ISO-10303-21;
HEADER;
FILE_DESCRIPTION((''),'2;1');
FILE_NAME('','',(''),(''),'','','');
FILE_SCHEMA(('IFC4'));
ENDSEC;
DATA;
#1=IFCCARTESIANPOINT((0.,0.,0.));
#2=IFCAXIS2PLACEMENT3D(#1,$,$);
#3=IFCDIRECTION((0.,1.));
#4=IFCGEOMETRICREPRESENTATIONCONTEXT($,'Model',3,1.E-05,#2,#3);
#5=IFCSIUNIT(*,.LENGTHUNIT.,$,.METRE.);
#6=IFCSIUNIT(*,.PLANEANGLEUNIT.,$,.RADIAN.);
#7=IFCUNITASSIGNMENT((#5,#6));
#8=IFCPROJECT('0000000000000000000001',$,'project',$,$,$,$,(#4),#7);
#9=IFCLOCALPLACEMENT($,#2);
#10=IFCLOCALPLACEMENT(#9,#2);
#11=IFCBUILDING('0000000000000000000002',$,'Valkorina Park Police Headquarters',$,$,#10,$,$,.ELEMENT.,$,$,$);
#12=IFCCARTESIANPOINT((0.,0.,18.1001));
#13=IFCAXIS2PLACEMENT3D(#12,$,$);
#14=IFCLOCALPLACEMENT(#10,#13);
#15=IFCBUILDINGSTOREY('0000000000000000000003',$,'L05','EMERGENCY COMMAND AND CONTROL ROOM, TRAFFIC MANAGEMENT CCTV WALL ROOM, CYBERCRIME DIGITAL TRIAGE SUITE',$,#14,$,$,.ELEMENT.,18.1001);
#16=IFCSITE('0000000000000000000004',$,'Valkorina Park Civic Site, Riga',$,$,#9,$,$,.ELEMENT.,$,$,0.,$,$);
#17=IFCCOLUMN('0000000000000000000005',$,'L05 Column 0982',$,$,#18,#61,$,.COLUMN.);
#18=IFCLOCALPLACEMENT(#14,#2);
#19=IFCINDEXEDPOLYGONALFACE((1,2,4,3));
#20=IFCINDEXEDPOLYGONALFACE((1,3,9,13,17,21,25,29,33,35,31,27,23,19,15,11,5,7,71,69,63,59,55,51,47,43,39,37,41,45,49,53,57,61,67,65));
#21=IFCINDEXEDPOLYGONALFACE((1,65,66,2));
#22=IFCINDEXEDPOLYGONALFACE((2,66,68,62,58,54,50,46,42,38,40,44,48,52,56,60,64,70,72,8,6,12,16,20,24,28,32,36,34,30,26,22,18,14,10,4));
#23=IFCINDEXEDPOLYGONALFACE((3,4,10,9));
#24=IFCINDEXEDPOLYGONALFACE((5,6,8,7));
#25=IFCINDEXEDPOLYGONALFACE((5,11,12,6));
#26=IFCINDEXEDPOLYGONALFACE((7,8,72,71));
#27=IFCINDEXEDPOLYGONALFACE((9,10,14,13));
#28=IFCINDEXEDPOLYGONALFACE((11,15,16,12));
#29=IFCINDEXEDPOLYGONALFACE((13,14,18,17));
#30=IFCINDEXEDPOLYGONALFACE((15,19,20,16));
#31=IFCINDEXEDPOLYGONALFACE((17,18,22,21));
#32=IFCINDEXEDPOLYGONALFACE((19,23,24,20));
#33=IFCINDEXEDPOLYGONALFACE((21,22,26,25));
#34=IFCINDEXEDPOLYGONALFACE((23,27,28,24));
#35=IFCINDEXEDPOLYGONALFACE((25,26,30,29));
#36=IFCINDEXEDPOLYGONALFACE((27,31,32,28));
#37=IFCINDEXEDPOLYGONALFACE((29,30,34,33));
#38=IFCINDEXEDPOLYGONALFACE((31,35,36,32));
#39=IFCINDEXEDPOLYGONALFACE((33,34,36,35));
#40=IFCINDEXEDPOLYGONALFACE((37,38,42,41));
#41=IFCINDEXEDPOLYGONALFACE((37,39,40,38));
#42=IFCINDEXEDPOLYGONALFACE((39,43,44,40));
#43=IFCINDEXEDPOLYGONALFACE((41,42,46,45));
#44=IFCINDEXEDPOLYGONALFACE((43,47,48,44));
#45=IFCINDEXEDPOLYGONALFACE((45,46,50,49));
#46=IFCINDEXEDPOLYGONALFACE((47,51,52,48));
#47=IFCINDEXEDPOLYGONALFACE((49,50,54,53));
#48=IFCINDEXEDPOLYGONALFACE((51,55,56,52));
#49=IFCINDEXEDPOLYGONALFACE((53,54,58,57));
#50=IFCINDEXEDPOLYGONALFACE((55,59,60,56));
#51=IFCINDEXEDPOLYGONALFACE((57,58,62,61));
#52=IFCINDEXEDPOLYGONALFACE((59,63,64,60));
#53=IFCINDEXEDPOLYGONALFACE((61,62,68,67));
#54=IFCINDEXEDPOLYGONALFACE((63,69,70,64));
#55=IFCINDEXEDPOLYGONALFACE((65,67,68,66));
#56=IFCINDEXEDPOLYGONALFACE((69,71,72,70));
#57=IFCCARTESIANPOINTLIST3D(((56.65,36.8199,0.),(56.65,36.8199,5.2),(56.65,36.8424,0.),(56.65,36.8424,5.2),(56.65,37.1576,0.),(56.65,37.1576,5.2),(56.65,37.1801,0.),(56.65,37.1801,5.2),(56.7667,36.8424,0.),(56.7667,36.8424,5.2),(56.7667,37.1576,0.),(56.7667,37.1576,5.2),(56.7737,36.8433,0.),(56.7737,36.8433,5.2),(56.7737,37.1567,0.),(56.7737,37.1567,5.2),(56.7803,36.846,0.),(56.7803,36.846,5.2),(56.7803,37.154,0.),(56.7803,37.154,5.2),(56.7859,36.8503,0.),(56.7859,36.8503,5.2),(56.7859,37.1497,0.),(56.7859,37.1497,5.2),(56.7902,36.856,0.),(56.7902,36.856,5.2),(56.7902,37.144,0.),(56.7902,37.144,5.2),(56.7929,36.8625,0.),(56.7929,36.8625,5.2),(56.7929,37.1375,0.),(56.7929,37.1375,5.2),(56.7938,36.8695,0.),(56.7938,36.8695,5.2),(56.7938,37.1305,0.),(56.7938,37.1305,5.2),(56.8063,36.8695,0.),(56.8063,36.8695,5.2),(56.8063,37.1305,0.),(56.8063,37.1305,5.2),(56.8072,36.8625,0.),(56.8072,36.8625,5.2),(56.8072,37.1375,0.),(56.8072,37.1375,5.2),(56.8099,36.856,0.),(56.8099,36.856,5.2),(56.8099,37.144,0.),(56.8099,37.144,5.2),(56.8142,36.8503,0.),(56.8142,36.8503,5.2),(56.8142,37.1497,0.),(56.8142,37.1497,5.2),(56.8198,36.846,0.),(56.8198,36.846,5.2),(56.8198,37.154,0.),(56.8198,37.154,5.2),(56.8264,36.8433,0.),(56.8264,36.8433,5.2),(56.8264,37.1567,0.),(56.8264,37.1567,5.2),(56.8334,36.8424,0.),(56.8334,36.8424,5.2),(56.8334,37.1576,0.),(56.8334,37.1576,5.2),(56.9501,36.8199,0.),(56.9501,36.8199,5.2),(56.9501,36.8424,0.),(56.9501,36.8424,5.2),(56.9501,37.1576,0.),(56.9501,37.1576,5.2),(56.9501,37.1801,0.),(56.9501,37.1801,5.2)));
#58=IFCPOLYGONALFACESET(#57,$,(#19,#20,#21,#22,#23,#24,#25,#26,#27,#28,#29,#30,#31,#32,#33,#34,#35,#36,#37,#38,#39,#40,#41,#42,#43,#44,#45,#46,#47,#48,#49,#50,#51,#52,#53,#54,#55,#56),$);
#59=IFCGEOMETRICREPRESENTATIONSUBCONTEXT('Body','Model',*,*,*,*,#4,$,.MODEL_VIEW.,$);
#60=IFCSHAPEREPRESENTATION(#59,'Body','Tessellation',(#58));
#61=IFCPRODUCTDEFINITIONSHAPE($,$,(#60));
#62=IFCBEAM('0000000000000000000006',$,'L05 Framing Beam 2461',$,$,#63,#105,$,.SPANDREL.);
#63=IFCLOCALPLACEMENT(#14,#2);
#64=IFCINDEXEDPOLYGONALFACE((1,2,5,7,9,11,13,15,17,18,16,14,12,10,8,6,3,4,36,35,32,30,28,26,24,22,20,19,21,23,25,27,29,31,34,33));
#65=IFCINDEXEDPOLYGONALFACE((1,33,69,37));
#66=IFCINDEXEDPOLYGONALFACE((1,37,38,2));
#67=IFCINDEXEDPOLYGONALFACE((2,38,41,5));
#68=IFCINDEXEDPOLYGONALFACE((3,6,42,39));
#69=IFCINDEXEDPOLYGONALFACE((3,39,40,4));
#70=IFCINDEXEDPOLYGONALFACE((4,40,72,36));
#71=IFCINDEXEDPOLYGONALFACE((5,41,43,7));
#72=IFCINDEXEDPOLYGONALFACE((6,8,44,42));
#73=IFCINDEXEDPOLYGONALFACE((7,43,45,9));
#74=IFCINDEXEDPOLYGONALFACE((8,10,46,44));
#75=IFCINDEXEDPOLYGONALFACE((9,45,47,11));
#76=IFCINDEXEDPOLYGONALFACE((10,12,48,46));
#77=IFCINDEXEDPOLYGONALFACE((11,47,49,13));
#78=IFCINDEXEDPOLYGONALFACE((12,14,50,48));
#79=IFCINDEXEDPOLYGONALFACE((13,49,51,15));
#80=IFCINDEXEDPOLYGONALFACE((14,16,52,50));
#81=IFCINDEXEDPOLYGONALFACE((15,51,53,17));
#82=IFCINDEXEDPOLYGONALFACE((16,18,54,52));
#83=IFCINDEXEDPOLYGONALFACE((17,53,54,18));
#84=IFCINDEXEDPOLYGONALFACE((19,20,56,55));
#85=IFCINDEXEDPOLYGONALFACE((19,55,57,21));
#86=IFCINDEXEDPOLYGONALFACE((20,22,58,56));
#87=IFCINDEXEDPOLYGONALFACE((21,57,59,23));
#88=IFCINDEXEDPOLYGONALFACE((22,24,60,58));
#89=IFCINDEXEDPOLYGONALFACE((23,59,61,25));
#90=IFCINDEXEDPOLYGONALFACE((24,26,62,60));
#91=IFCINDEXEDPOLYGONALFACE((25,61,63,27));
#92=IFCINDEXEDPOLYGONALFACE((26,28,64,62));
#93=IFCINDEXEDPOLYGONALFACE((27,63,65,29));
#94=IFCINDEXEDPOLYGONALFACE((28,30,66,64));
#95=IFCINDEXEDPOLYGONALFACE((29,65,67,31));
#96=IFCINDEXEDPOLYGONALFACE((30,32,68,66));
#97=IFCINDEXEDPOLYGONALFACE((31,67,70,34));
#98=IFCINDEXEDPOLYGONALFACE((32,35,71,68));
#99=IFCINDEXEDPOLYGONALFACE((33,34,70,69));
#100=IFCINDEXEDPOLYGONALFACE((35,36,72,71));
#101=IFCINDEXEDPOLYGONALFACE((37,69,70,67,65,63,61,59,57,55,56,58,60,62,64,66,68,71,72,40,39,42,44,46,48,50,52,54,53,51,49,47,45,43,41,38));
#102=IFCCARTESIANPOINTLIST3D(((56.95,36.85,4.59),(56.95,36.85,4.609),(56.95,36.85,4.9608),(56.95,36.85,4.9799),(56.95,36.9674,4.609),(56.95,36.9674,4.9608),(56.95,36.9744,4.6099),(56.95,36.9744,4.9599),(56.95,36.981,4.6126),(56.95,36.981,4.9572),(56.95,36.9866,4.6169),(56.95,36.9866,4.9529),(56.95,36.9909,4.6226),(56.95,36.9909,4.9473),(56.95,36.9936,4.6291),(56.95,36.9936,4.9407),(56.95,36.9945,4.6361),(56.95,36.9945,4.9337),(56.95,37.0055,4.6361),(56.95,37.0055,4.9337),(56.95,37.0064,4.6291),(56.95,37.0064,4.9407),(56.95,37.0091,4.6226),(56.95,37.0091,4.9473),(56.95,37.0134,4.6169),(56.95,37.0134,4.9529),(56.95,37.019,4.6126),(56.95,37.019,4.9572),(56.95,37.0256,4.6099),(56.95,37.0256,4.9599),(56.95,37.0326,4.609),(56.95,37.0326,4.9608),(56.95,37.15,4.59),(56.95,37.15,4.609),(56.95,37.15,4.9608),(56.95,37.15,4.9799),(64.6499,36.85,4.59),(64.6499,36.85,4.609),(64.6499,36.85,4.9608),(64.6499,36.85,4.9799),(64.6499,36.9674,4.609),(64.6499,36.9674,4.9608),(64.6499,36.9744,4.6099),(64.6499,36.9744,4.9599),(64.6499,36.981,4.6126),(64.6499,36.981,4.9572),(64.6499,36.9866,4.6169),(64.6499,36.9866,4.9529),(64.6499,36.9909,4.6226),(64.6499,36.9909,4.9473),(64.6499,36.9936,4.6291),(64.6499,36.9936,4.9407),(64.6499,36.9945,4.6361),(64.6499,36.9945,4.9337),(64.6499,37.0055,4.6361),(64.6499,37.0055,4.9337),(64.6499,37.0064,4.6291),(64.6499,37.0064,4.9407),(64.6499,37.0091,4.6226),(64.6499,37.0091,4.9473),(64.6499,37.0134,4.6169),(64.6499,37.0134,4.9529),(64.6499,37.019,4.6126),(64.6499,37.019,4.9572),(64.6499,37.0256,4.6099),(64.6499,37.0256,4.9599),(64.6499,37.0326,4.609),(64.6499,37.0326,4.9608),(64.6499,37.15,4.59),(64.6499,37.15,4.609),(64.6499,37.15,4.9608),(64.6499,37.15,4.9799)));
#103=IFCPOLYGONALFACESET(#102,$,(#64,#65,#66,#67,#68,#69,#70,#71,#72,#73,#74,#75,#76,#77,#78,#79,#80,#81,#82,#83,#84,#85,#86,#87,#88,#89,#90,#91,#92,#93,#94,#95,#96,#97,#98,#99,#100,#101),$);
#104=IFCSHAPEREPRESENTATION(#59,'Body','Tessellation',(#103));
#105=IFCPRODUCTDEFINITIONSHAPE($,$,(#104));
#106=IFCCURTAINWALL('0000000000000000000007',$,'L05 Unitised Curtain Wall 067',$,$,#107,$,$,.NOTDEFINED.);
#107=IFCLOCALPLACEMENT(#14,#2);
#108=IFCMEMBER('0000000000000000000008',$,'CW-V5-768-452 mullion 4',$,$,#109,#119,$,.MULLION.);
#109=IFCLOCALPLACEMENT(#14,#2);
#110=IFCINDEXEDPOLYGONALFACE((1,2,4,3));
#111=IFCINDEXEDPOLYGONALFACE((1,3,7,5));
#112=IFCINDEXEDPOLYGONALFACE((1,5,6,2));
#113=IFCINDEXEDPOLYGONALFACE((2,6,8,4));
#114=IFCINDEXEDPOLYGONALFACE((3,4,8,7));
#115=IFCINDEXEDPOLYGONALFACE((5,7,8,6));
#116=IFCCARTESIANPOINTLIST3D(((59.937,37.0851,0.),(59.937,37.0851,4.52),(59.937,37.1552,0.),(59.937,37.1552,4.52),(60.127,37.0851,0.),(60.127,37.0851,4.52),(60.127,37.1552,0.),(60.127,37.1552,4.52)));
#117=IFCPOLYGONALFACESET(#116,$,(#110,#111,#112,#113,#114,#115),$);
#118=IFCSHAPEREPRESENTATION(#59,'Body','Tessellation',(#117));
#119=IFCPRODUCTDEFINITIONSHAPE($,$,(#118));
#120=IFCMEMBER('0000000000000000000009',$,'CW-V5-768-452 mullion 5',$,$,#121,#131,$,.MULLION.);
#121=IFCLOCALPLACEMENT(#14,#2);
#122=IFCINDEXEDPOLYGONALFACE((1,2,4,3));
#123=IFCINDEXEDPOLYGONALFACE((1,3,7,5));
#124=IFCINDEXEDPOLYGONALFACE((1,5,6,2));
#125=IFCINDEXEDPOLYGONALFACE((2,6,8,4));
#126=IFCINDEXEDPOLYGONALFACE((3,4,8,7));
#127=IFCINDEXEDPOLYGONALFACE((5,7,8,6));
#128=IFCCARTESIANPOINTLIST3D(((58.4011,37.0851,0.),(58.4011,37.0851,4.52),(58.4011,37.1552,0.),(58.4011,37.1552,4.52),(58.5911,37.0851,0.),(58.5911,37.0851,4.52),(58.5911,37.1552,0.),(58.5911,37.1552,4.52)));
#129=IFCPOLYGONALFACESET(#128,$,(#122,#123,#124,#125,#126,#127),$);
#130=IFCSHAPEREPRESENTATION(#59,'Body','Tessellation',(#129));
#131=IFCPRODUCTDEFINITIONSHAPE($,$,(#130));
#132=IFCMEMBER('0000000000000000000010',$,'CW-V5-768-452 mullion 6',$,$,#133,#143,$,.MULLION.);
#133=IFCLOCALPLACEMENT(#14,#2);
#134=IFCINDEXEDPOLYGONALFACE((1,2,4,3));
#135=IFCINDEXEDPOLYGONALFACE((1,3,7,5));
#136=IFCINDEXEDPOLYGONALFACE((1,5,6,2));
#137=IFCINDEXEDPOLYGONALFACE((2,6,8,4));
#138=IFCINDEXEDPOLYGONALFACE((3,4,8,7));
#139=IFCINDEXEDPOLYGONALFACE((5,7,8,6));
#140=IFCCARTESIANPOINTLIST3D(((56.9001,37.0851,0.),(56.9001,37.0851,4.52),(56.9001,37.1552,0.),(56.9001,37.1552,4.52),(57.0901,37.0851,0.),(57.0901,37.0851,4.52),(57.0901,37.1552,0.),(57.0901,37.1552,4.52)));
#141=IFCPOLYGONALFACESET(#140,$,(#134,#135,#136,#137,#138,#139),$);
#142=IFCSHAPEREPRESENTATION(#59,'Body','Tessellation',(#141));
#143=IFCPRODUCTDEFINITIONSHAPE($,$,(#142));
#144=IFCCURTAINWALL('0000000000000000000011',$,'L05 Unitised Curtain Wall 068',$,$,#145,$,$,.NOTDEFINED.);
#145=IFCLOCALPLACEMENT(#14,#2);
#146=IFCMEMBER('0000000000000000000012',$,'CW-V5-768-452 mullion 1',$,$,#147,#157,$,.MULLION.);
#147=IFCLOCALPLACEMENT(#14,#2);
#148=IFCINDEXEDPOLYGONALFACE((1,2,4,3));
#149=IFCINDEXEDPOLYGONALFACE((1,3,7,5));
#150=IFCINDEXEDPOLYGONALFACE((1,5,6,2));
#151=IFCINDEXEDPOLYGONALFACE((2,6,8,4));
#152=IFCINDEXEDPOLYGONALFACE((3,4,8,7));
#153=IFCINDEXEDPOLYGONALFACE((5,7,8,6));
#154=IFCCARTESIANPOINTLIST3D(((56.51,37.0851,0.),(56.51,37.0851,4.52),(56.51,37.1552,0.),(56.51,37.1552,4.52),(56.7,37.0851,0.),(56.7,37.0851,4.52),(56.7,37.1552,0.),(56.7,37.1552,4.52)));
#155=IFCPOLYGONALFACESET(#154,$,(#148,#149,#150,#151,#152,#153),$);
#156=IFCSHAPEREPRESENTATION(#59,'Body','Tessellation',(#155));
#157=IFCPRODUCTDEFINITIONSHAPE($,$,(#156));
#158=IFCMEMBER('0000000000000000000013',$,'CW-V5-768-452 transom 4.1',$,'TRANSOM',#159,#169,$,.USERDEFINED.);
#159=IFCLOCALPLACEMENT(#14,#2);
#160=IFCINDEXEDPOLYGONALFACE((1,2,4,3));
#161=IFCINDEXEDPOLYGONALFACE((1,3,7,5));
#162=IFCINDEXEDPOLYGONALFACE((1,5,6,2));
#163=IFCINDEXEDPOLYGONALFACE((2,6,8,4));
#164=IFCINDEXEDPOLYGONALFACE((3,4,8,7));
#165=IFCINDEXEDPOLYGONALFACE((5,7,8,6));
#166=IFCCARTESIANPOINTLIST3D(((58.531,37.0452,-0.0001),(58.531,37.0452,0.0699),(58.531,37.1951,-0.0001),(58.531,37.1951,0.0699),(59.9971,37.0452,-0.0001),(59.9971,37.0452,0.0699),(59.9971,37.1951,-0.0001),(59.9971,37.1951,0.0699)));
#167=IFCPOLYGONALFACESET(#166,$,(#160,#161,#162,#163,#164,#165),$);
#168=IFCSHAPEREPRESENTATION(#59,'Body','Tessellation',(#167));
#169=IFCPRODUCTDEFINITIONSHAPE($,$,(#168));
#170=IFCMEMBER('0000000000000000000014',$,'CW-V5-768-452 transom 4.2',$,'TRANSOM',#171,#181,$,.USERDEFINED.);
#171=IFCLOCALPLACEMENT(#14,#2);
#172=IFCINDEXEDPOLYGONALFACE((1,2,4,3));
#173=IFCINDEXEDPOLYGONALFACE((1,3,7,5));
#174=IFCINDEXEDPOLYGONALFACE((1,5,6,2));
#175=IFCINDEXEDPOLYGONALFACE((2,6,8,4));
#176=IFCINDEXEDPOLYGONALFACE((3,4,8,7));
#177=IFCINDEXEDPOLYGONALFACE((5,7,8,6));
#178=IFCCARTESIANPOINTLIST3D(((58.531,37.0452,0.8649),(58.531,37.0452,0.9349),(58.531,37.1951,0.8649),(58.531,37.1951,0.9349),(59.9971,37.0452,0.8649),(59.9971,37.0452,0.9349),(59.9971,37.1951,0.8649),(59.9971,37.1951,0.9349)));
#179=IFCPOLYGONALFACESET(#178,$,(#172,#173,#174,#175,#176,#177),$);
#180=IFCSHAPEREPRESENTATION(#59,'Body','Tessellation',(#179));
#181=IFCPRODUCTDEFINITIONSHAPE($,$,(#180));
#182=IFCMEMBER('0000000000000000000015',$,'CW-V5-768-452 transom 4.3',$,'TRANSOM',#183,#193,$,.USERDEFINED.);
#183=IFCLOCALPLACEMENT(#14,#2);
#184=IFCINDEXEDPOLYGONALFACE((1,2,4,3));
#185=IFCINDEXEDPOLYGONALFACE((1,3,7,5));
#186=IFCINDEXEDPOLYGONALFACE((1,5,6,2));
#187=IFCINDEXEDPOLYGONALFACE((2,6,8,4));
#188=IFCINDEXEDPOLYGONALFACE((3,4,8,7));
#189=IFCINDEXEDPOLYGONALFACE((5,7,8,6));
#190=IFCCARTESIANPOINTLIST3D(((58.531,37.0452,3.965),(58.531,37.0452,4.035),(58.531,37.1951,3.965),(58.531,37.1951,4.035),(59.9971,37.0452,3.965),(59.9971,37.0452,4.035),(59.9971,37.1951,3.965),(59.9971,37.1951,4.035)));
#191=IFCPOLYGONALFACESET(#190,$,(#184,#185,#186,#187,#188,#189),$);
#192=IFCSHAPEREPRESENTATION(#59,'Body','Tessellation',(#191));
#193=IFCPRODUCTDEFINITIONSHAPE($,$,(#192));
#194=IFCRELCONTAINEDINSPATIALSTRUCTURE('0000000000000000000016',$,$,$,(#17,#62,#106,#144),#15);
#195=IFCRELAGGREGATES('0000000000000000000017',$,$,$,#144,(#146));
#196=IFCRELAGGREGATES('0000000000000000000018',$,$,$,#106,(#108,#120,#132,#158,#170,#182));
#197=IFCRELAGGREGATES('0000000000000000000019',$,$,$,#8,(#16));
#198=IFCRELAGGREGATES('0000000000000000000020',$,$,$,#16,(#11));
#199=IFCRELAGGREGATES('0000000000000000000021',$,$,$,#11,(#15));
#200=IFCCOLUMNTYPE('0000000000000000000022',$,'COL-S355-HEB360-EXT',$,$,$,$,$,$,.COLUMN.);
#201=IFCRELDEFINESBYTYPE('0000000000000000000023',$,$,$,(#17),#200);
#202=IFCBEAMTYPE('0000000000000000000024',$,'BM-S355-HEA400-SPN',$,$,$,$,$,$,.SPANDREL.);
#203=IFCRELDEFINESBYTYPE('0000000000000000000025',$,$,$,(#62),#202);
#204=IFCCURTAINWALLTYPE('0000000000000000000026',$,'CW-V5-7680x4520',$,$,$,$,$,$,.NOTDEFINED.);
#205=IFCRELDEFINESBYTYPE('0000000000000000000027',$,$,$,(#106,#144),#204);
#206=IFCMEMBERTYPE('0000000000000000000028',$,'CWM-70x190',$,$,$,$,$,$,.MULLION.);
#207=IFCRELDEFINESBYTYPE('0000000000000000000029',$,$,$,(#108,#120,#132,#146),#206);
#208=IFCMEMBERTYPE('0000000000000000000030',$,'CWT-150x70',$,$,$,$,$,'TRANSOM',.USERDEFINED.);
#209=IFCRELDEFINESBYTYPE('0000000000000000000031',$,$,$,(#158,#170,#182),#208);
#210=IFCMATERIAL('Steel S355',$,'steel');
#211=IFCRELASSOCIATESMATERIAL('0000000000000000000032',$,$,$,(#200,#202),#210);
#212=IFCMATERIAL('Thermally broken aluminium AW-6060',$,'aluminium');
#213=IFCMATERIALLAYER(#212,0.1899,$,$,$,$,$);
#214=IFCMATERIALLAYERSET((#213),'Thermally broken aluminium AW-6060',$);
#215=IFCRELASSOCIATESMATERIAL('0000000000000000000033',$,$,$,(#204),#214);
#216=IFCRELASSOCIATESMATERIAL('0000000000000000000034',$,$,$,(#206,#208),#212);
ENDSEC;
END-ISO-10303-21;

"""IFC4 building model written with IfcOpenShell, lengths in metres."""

from ifc_helpers import new_model, si_unit, direction, frame, origin, origin_2d, place, context, subcontext, project, spatial, rectangle, i_section, extrude, material, layer, layer_set, material_profile, profile_set, type_object, element, aggregate, save


model = new_model("IFC4")

# Units and contexts
model_context = context("Model", 3, precision=1e-05, world=origin(), true_north=direction((0.0, 1.0)))
body_context = subcontext(model_context, "Body", "Model", "MODEL_VIEW")
ifc_project = project(units=[si_unit("LENGTHUNIT", "METRE"), si_unit("PLANEANGLEUNIT", "RADIAN")], contexts=[model_context])

# Site, building, storey
site_placement = place(None, origin())
site = spatial("IfcSite", under=ifc_project, at=site_placement, Name="Valkorina Park Civic Site, Riga", CompositionType="ELEMENT", RefElevation=0.0)
building_placement = place(site_placement, origin())
building = spatial("IfcBuilding", under=site, at=building_placement, Name="Valkorina Park Police Headquarters", CompositionType="ELEMENT")
storey_placement = place(building_placement, frame((0.0, 0.0, 18.1001)))
storey = spatial("IfcBuildingStorey", under=building, at=storey_placement, Name="L05", Description="EMERGENCY COMMAND AND CONTROL ROOM, TRAFFIC MANAGEMENT CCTV WALL ROOM, CYBERCRIME DIGITAL TRIAGE SUITE", CompositionType="ELEMENT", Elevation=18.1001)

# Column
ifc_material_1 = material(Name="Steel S355", Category="steel")
ifc_material_profile_1 = material_profile(ifc_material_1, i_section(OverallWidth=0.3, OverallDepth=0.3601, WebThickness=0.0125, FlangeThickness=0.0225, FilletRadius=0.0271, at=origin_2d()), Name="HEB 360")
ifc_profile_set_1 = profile_set([ifc_material_profile_1], Name="Steel S355")
column_type = type_object("IfcColumnType", Name="COL-S355-HEB360-EXT", PredefinedType="COLUMN", material=ifc_profile_set_1)
column_placement = place(storey_placement, frame((56.8, 37.0, 0.0), z_axis=(0.0, 0.0, 1.0), x_axis=(1.0, 0.0, 0.0)))
element("IfcColumn", 1, at=column_placement, inside=storey, type_object=column_type, Name="L05 Column 0982", PredefinedType="COLUMN", context=body_context, shape_type="SweptSolid", body=[
    extrude(i_section(OverallWidth=0.3, OverallDepth=0.3601, WebThickness=0.0125, FlangeThickness=0.0225, FilletRadius=0.0271, at=origin_2d()), origin(), (0.0, 0.0, 1.0), 5.2),
])

# Beam
ifc_material_profile_2 = material_profile(ifc_material_1, i_section(OverallWidth=0.3, OverallDepth=0.3899, WebThickness=0.011, FlangeThickness=0.019, FilletRadius=0.0271, at=origin_2d()), Name="HEA 400")
ifc_profile_set_2 = profile_set([ifc_material_profile_2], Name="Steel S355")
beam_type = type_object("IfcBeamType", Name="BM-S355-HEA400-SPN", PredefinedType="SPANDREL", material=ifc_profile_set_2)
beam_placement = place(storey_placement, frame((56.95, 37.0, 4.7849), z_axis=(1.0, 0.0, 0.0), x_axis=(0.0, 1.0, 0.0)))
element("IfcBeam", 2, at=beam_placement, inside=storey, type_object=beam_type, Name="L05 Framing Beam 2461", PredefinedType="SPANDREL", context=body_context, shape_type="SweptSolid", body=[
    extrude(i_section(OverallWidth=0.3, OverallDepth=0.3899, WebThickness=0.011, FlangeThickness=0.019, FilletRadius=0.0271, at=origin_2d()), origin(), (0.0, 0.0, 1.0), 7.7),
])

# Curtain wall, members
ifc_material_2 = material(Name="Thermally broken aluminium AW-6060", Category="aluminium")
ifc_layer_1 = layer(ifc_material_2, 0.1899)
ifc_layer_set_1 = layer_set([ifc_layer_1], Name="Thermally broken aluminium AW-6060")
curtain_wall_type = type_object("IfcCurtainWallType", Name="CW-V5-7680x4520", PredefinedType="NOTDEFINED", material=ifc_layer_set_1)
curtain_wall_1_placement = place(storey_placement, origin())
curtain_wall_1 = element("IfcCurtainWall", 3, at=curtain_wall_1_placement, inside=storey, type_object=curtain_wall_type, Name="L05 Unitised Curtain Wall 067", PredefinedType="NOTDEFINED")
ifc_material_profile_3 = material_profile(ifc_material_2, rectangle(XDim=0.0701, YDim=0.1899, at=origin_2d()), Name="CWM-02 70x190")
ifc_profile_set_3 = profile_set([ifc_material_profile_3], Name="Thermally broken aluminium AW-6060")
member_type_1 = type_object("IfcMemberType", Name="CWM-70x190", PredefinedType="MULLION", material=ifc_profile_set_3)
member_1_placement = place(storey_placement, frame((60.032, 37.1201, 0.0), z_axis=(0.0, 0.0, 1.0), x_axis=(0.0, -1.0, 0.0)))
member_1 = element("IfcMember", 4, at=member_1_placement, type_object=member_type_1, Name="CW-V5-768-452 mullion 4", PredefinedType="MULLION", context=body_context, shape_type="SweptSolid", body=[
    extrude(rectangle(XDim=0.0701, YDim=0.1899, at=origin_2d()), origin(), (0.0, 0.0, 1.0), 4.52),
])
member_2_placement = place(storey_placement, frame((58.4961, 37.1201, 0.0), z_axis=(0.0, 0.0, 1.0), x_axis=(0.0, -1.0, 0.0)))
member_2 = element("IfcMember", 5, at=member_2_placement, type_object=member_type_1, Name="CW-V5-768-452 mullion 5", PredefinedType="MULLION", context=body_context, shape_type="SweptSolid", body=[
    extrude(rectangle(XDim=0.0701, YDim=0.1899, at=origin_2d()), origin(), (0.0, 0.0, 1.0), 4.52),
])
member_3_placement = place(storey_placement, frame((56.9951, 37.1201, 0.0), z_axis=(0.0, 0.0, 1.0), x_axis=(0.0, -1.0, 0.0)))
member_3 = element("IfcMember", 6, at=member_3_placement, type_object=member_type_1, Name="CW-V5-768-452 mullion 6", PredefinedType="MULLION", context=body_context, shape_type="SweptSolid", body=[
    extrude(rectangle(XDim=0.0701, YDim=0.1899, at=origin_2d()), origin(), (0.0, 0.0, 1.0), 4.52),
])

# Curtain wall, member
curtain_wall_2_placement = place(storey_placement, origin())
curtain_wall_2 = element("IfcCurtainWall", 7, at=curtain_wall_2_placement, inside=storey, type_object=curtain_wall_type, Name="L05 Unitised Curtain Wall 068", PredefinedType="NOTDEFINED")
member_4_placement = place(storey_placement, frame((56.605, 37.1201, 0.0), z_axis=(0.0, 0.0, 1.0), x_axis=(0.0, -1.0, 0.0)))
member_4 = element("IfcMember", 8, at=member_4_placement, type_object=member_type_1, Name="CW-V5-768-452 mullion 1", PredefinedType="MULLION", context=body_context, shape_type="SweptSolid", body=[
    extrude(rectangle(XDim=0.0701, YDim=0.1899, at=origin_2d()), origin(), (0.0, 0.0, 1.0), 4.52),
])

# Members
ifc_material_profile_4 = material_profile(ifc_material_2, rectangle(XDim=0.1499, YDim=0.0701, at=origin_2d()), Name="CWT-02 150x70")
ifc_profile_set_4 = profile_set([ifc_material_profile_4], Name="Thermally broken aluminium AW-6060")
member_type_2 = type_object("IfcMemberType", Name="CWT-150x70", ElementType="TRANSOM", PredefinedType="USERDEFINED", material=ifc_profile_set_4)
member_5_placement = place(storey_placement, frame((59.9971, 37.1201, 0.0349), z_axis=(-1.0, 0.0, 0.0), x_axis=(0.0, -1.0, 0.0)))
member_5 = element("IfcMember", 9, at=member_5_placement, type_object=member_type_2, Name="CW-V5-768-452 transom 4.1", ObjectType="TRANSOM", PredefinedType="USERDEFINED", context=body_context, shape_type="SweptSolid", body=[
    extrude(rectangle(XDim=0.1499, YDim=0.0701, at=origin_2d()), origin(), (0.0, 0.0, 1.0), 1.4661),
])
member_6_placement = place(storey_placement, frame((59.9971, 37.1201, 0.8999), z_axis=(-1.0, 0.0, 0.0), x_axis=(0.0, -1.0, 0.0)))
member_6 = element("IfcMember", 10, at=member_6_placement, type_object=member_type_2, Name="CW-V5-768-452 transom 4.2", ObjectType="TRANSOM", PredefinedType="USERDEFINED", context=body_context, shape_type="SweptSolid", body=[
    extrude(rectangle(XDim=0.1499, YDim=0.0701, at=origin_2d()), origin(), (0.0, 0.0, 1.0), 1.4661),
])
member_7_placement = place(storey_placement, frame((59.9971, 37.1201, 4.0), z_axis=(-1.0, 0.0, 0.0), x_axis=(0.0, -1.0, 0.0)))
member_7 = element("IfcMember", 11, at=member_7_placement, type_object=member_type_2, Name="CW-V5-768-452 transom 4.3", ObjectType="TRANSOM", PredefinedType="USERDEFINED", context=body_context, shape_type="SweptSolid", body=[
    extrude(rectangle(XDim=0.1499, YDim=0.0701, at=origin_2d()), origin(), (0.0, 0.0, 1.0), 1.4661),
])
aggregate(curtain_wall_2, [member_4])

aggregate(curtain_wall_1, [member_1, member_2, member_3, member_5, member_6, member_7])

save(model, "model.ifc")
